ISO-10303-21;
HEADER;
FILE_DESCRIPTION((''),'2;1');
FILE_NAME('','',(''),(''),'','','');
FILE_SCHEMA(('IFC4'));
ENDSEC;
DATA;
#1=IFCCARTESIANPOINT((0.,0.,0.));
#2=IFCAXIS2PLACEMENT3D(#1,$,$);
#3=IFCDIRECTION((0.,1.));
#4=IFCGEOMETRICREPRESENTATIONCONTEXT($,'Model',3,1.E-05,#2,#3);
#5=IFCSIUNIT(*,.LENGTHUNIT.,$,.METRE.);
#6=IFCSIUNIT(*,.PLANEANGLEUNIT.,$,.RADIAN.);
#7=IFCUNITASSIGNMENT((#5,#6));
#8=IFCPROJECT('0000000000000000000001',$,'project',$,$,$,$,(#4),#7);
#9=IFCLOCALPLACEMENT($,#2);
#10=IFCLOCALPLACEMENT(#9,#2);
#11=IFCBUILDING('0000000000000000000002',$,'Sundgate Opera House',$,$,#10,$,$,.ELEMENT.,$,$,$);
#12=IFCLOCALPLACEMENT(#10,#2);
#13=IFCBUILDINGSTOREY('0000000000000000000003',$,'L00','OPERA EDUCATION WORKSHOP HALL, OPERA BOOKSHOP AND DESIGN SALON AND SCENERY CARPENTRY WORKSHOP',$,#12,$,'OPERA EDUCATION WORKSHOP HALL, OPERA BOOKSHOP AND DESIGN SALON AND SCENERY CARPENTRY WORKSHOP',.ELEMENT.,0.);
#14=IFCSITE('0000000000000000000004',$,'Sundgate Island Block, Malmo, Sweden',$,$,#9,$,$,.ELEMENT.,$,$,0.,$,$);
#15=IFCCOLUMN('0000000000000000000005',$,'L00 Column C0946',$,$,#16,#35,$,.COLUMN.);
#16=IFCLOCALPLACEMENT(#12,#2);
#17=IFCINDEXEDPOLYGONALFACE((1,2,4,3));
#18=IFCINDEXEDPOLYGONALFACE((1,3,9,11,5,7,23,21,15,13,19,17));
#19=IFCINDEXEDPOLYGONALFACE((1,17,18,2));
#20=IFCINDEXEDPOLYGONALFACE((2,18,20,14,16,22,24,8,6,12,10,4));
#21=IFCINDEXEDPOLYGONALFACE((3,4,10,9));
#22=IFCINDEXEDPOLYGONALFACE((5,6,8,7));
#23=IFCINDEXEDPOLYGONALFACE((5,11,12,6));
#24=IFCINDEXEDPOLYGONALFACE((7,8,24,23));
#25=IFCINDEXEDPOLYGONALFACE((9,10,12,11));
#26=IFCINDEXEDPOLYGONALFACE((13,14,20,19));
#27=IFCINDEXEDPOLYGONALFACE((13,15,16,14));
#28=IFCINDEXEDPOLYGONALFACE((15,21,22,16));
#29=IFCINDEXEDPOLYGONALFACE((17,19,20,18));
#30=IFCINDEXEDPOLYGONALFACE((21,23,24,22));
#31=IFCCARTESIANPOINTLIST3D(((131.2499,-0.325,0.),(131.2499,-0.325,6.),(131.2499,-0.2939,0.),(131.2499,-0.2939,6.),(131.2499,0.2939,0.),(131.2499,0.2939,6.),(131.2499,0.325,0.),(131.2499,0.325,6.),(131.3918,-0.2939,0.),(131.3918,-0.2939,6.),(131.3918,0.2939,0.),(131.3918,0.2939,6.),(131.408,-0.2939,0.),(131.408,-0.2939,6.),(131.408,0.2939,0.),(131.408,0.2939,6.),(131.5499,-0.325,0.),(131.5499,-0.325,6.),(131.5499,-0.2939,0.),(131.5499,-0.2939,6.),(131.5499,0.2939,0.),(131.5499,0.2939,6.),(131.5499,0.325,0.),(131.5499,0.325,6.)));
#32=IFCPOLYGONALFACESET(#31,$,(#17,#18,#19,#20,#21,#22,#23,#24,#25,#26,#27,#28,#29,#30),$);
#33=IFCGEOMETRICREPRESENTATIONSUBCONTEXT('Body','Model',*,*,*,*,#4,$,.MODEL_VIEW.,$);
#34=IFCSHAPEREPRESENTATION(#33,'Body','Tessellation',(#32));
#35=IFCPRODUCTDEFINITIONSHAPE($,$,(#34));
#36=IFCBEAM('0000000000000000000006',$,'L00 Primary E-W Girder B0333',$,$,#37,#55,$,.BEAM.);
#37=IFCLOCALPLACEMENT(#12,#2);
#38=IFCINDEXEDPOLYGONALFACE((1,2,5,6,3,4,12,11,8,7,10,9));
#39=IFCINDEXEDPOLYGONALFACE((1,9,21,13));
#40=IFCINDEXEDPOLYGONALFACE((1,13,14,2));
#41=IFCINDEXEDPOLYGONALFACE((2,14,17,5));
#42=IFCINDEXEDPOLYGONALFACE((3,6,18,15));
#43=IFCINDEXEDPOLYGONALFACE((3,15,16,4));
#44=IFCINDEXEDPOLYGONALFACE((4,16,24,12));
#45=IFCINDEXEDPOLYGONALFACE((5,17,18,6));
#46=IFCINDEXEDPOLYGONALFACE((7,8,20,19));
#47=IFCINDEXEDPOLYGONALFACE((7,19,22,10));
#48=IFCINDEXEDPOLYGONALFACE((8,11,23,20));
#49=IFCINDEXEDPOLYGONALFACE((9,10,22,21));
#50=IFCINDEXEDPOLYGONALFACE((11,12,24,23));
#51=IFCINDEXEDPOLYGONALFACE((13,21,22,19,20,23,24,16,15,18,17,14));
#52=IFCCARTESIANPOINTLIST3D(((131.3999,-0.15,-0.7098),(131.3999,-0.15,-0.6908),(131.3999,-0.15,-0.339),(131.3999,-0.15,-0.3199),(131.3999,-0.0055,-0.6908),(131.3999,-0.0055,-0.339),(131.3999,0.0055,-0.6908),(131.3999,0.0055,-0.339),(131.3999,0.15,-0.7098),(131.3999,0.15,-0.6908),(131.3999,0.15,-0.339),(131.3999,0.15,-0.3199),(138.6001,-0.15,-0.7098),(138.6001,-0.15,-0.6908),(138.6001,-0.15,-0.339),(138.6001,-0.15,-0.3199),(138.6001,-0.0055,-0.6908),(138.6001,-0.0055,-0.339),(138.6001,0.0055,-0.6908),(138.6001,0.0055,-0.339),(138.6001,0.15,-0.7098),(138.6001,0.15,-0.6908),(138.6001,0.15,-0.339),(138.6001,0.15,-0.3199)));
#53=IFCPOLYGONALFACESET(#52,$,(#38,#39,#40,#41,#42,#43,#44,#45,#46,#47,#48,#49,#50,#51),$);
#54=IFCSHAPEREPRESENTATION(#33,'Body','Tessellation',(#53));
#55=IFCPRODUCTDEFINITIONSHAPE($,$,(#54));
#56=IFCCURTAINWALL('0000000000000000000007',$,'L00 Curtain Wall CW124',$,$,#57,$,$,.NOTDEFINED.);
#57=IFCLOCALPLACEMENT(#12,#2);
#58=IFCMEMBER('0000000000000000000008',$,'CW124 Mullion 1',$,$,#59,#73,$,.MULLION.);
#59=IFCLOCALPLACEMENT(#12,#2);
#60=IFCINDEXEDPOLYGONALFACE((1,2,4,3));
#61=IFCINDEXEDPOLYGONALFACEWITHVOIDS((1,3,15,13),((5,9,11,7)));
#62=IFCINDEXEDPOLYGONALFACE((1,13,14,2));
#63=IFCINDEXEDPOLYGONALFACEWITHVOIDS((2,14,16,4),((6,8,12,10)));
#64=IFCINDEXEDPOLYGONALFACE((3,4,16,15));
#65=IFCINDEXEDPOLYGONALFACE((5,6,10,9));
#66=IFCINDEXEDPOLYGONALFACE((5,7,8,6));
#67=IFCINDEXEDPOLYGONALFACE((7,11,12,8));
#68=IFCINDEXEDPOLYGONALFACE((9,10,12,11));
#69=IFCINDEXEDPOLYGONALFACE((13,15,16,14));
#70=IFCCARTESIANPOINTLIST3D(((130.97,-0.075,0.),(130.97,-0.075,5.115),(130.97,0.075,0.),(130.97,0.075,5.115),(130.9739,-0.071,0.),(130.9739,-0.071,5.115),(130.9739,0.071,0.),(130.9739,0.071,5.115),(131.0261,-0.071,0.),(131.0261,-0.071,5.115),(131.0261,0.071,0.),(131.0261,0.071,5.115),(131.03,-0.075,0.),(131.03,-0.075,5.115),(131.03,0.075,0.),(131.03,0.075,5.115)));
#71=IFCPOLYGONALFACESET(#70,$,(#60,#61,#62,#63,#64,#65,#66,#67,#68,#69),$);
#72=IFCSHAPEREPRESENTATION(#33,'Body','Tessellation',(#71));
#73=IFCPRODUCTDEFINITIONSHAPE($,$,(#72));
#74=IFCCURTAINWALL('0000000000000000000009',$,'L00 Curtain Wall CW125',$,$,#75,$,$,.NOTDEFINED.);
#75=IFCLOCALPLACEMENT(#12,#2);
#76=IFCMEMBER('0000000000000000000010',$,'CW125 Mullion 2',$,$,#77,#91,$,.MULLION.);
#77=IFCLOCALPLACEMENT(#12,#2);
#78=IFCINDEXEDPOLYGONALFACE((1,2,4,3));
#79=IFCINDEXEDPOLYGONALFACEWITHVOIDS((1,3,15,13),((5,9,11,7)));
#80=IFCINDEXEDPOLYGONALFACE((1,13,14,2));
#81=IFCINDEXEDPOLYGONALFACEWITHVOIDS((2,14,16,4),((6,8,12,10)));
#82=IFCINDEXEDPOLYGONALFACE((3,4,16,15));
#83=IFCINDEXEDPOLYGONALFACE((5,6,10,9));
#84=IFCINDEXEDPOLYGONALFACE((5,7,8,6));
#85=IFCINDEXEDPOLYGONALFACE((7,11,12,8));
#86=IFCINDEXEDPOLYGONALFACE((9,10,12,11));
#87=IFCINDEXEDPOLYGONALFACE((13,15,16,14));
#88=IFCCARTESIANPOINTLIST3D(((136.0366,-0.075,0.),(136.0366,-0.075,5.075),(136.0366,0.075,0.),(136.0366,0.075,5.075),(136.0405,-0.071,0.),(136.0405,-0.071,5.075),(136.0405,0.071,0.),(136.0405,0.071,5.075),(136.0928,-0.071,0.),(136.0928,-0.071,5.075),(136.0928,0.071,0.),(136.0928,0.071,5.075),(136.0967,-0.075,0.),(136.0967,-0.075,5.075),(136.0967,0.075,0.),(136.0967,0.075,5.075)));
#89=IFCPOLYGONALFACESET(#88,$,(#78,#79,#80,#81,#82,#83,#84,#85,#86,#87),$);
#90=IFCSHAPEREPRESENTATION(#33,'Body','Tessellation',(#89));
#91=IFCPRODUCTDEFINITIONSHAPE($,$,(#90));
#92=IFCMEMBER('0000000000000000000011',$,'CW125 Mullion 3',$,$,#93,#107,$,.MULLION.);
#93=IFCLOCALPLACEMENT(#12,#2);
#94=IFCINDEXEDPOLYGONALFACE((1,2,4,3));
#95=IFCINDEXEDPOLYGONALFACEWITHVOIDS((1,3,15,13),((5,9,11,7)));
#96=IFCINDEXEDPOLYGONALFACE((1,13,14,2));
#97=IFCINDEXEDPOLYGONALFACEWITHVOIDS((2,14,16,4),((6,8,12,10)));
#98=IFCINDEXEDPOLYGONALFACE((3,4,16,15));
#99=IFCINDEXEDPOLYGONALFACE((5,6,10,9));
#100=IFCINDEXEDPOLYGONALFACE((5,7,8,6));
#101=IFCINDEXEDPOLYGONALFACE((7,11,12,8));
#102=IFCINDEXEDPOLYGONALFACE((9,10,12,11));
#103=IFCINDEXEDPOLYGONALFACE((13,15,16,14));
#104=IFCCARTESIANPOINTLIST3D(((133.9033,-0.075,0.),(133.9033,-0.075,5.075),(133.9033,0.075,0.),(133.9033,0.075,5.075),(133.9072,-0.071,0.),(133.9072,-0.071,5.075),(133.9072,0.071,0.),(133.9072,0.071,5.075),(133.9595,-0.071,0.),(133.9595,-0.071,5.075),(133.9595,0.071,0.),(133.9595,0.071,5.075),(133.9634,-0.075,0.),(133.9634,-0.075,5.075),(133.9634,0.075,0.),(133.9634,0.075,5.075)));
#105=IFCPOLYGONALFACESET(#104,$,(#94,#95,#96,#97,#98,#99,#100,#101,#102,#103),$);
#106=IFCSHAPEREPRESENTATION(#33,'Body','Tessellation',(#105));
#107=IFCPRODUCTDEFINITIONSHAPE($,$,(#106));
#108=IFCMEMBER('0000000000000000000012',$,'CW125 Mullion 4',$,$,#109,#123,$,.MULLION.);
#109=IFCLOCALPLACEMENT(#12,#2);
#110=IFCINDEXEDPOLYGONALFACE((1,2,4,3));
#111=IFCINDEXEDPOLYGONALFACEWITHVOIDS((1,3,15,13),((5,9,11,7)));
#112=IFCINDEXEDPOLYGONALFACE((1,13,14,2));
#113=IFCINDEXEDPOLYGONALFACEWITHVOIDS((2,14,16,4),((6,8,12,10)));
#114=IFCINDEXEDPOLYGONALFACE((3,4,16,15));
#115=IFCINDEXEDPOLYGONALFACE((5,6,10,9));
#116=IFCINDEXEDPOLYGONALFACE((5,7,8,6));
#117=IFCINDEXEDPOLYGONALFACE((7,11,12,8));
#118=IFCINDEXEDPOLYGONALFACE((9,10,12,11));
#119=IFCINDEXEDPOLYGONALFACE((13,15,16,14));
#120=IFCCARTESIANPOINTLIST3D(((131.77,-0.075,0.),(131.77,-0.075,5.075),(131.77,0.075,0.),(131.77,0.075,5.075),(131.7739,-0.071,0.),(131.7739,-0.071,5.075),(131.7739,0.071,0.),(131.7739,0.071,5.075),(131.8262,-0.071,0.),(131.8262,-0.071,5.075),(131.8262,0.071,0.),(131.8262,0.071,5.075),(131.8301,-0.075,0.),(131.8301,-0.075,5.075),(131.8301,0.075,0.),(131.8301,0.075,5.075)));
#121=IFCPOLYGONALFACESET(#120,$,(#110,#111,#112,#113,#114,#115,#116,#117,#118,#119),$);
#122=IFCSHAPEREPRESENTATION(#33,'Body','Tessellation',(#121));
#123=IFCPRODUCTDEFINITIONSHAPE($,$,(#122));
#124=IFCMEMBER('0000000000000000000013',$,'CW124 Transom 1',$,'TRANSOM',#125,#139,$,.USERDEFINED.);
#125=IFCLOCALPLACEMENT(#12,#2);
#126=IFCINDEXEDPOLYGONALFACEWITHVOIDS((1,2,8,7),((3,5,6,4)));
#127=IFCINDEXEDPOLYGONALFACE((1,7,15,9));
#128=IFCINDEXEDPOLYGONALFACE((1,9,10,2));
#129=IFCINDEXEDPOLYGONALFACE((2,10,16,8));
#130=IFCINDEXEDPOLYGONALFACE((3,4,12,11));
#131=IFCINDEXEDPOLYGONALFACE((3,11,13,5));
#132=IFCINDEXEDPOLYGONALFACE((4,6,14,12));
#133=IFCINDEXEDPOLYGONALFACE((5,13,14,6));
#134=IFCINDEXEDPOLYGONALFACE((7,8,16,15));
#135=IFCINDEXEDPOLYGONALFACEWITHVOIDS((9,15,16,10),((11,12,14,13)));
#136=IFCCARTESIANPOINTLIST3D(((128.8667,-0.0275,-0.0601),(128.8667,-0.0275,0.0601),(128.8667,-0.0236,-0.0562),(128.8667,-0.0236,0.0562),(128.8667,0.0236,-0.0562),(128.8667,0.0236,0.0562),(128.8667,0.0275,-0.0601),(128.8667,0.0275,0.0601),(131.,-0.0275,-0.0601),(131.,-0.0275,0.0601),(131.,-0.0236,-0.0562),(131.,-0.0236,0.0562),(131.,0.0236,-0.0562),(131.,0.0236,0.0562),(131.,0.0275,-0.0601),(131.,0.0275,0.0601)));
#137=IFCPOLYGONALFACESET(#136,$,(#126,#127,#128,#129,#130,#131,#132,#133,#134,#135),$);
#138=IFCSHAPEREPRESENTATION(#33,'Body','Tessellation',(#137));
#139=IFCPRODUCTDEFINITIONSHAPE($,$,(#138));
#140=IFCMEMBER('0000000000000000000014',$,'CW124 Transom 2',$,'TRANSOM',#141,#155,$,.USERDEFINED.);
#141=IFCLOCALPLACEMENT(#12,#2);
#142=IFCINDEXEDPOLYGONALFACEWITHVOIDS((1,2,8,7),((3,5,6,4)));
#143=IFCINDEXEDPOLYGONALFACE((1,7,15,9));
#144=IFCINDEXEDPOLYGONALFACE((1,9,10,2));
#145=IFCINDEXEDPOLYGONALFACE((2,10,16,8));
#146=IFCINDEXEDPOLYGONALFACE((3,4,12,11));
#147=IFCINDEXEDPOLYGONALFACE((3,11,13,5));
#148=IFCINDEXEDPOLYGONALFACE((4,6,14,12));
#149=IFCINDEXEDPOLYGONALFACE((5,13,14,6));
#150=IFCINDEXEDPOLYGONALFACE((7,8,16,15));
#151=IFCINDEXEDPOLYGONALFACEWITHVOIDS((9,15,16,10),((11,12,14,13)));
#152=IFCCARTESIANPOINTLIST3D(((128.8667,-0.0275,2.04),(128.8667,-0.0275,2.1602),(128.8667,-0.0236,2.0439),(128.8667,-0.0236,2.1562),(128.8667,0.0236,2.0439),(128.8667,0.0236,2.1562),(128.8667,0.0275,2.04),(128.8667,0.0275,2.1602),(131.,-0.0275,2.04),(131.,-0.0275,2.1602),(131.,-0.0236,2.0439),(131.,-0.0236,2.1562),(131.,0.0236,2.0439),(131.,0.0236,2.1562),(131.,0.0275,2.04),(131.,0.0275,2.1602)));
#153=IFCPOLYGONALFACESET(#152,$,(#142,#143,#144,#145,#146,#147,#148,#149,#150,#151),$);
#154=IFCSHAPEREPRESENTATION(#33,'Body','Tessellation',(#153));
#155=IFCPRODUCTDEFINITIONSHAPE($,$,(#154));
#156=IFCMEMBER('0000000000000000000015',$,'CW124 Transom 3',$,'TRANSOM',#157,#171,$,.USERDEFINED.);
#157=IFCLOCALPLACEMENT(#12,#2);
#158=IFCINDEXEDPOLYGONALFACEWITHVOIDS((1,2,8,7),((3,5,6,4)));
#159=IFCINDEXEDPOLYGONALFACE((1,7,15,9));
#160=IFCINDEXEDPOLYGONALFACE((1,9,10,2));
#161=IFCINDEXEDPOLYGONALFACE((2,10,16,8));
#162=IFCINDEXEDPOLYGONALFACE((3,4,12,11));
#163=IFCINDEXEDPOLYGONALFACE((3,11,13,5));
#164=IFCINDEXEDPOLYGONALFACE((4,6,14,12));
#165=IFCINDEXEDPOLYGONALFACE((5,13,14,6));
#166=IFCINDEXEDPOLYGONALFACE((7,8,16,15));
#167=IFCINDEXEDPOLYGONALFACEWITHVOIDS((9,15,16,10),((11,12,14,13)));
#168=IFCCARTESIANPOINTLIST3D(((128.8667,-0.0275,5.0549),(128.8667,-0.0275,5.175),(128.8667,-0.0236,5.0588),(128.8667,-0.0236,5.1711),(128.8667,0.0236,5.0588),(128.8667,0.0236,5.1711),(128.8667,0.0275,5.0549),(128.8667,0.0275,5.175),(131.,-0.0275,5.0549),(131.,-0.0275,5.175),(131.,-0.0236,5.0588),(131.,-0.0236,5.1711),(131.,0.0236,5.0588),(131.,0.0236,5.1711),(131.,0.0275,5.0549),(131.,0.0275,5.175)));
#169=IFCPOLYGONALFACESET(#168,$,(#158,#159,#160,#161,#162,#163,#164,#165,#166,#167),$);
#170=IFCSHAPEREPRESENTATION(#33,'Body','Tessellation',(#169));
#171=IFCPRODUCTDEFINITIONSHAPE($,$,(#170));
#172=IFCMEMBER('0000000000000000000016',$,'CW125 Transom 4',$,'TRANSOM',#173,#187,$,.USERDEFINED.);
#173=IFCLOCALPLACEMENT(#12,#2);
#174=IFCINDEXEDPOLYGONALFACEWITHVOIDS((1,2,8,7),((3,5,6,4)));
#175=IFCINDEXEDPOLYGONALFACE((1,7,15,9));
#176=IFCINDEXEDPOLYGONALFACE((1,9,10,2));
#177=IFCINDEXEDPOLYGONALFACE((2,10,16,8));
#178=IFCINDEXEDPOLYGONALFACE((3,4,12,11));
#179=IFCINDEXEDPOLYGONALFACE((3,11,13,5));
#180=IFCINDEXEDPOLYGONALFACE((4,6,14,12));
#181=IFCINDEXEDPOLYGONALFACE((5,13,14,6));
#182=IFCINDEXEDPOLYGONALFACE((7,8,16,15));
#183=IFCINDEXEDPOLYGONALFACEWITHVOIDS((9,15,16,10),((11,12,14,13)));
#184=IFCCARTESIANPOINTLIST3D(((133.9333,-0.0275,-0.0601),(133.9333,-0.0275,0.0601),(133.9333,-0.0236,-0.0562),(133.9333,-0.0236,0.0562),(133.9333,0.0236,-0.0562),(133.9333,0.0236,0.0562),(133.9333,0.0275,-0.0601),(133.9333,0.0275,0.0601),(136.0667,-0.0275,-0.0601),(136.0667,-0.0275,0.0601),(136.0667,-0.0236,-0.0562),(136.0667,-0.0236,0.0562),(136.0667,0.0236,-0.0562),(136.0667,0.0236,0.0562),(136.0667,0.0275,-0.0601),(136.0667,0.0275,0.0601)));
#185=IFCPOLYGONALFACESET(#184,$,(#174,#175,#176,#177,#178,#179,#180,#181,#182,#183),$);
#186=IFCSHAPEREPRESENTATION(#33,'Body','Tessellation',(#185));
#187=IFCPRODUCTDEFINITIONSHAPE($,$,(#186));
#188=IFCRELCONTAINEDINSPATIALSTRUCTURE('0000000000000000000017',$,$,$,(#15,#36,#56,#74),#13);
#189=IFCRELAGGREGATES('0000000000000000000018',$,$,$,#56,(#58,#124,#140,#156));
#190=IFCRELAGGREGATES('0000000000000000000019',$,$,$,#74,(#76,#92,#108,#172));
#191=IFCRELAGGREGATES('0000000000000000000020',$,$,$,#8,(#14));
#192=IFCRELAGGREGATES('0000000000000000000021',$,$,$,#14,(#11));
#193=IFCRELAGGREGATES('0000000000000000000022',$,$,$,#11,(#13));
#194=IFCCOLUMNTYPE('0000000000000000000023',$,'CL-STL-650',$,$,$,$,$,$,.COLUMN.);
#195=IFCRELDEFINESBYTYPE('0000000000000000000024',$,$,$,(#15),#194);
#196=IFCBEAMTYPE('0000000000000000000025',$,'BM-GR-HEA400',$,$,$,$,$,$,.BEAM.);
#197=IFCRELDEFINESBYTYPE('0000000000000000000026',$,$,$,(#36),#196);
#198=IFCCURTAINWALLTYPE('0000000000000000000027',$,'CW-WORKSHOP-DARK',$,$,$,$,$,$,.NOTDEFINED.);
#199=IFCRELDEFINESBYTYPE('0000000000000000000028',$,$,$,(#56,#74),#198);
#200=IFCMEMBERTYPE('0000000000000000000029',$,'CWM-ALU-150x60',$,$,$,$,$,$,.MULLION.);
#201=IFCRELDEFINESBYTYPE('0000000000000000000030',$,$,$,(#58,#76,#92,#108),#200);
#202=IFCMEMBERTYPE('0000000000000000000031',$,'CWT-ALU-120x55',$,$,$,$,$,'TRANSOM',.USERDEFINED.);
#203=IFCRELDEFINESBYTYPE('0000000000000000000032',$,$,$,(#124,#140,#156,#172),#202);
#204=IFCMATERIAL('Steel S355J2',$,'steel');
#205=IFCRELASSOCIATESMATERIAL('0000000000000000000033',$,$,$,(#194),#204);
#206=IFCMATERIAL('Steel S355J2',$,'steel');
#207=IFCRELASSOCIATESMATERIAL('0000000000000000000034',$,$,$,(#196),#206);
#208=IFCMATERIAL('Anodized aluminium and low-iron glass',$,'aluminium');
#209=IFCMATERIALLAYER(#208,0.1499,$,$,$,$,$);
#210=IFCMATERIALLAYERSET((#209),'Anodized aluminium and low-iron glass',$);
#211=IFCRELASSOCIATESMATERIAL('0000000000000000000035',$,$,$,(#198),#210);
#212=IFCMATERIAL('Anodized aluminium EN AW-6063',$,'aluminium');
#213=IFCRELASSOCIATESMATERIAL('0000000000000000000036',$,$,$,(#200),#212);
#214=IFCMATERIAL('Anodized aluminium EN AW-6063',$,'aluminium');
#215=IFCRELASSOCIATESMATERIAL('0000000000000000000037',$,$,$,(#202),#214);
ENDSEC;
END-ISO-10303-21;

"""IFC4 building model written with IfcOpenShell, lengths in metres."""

from ifc_helpers import new_model, si_unit, direction, frame, origin, origin_2d, place, context, subcontext, project, spatial, hollow_rectangle, i_section, extrude, material, layer, layer_set, material_profile, profile_set, type_object, element, aggregate, save


model = new_model("IFC4")

# Units and contexts
model_context = context("Model", 3, precision=1e-05, world=origin(), true_north=direction((0.0, 1.0)))
body_context = subcontext(model_context, "Body", "Model", "MODEL_VIEW")
ifc_project = project(units=[si_unit("LENGTHUNIT", "METRE"), si_unit("PLANEANGLEUNIT", "RADIAN")], contexts=[model_context])

# Site, building, storey
site_placement = place(None, origin())
site = spatial("IfcSite", under=ifc_project, at=site_placement, Name="Sundgate Island Block, Malmo, Sweden", CompositionType="ELEMENT", RefElevation=0.0)
building_placement = place(site_placement, origin())
building = spatial("IfcBuilding", under=site, at=building_placement, Name="Sundgate Opera House", CompositionType="ELEMENT")
storey_placement = place(building_placement, origin())
storey = spatial("IfcBuildingStorey", under=building, at=storey_placement, Name="L00", Description="OPERA EDUCATION WORKSHOP HALL, OPERA BOOKSHOP AND DESIGN SALON AND SCENERY CARPENTRY WORKSHOP", LongName="OPERA EDUCATION WORKSHOP HALL, OPERA BOOKSHOP AND DESIGN SALON AND SCENERY CARPENTRY WORKSHOP", CompositionType="ELEMENT", Elevation=0.0)

# Column
ifc_material_1 = material(Name="Steel S355J2", Category="steel")
ifc_material_profile_1 = material_profile(ifc_material_1, i_section(OverallWidth=0.3, OverallDepth=0.6499, WebThickness=0.0161, FlangeThickness=0.031, at=origin_2d()), Name="HEB 650")
ifc_profile_set_1 = profile_set([ifc_material_profile_1], Name="Steel S355J2")
column_type = type_object("IfcColumnType", Name="CL-STL-650", PredefinedType="COLUMN", material=ifc_profile_set_1)
column_placement = place(storey_placement, frame((131.3999, 0.0, 0.0), z_axis=(0.0, 0.0, 1.0), x_axis=(1.0, 0.0, 0.0)))
element("IfcColumn", 1, at=column_placement, inside=storey, type_object=column_type, Name="L00 Column C0946", PredefinedType="COLUMN", context=body_context, shape_type="SweptSolid", body=[
    extrude(i_section(OverallWidth=0.3, OverallDepth=0.6499, WebThickness=0.0161, FlangeThickness=0.031, at=origin_2d()), origin(), (0.0, 0.0, 1.0), 6.0),
])

# Beam
ifc_material_2 = material(Name="Steel S355J2", Category="steel")
ifc_material_profile_2 = material_profile(ifc_material_2, i_section(OverallWidth=0.3, OverallDepth=0.3899, WebThickness=0.011, FlangeThickness=0.019, at=origin_2d()), Name="HEA 400")
ifc_profile_set_2 = profile_set([ifc_material_profile_2], Name="Steel S355J2")
beam_type = type_object("IfcBeamType", Name="BM-GR-HEA400", PredefinedType="BEAM", material=ifc_profile_set_2)
beam_placement = place(storey_placement, frame((131.3999, 0.0, -0.5149), z_axis=(1.0, 0.0, 0.0), x_axis=(0.0, 1.0, 0.0)))
element("IfcBeam", 2, at=beam_placement, inside=storey, type_object=beam_type, Name="L00 Primary E-W Girder B0333", PredefinedType="BEAM", context=body_context, shape_type="SweptSolid", body=[
    extrude(i_section(OverallWidth=0.3, OverallDepth=0.3899, WebThickness=0.011, FlangeThickness=0.019, at=origin_2d()), origin(), (0.0, 0.0, 1.0), 7.2002),
])

# Curtain wall, member
ifc_material_3 = material(Name="Anodized aluminium and low-iron glass", Category="aluminium")
ifc_layer_1 = layer(ifc_material_3, 0.1499)
ifc_layer_set_1 = layer_set([ifc_layer_1], Name="Anodized aluminium and low-iron glass")
curtain_wall_type = type_object("IfcCurtainWallType", Name="CW-WORKSHOP-DARK", PredefinedType="NOTDEFINED", material=ifc_layer_set_1)
curtain_wall_1_placement = place(storey_placement, origin())
curtain_wall_1 = element("IfcCurtainWall", 3, at=curtain_wall_1_placement, inside=storey, type_object=curtain_wall_type, Name="L00 Curtain Wall CW124", PredefinedType="NOTDEFINED")
ifc_material_4 = material(Name="Anodized aluminium EN AW-6063", Category="aluminium")
ifc_material_profile_3 = material_profile(ifc_material_4, hollow_rectangle(XDim=0.0601, YDim=0.1499, WallThickness=0.0039, at=origin_2d()), Name="CWM 150x60x4")
ifc_profile_set_3 = profile_set([ifc_material_profile_3], Name="Anodized aluminium EN AW-6063")
member_type_1 = type_object("IfcMemberType", Name="CWM-ALU-150x60", PredefinedType="MULLION", material=ifc_profile_set_3)
member_1_placement = place(storey_placement, frame((131.0, 0.0, 0.0), z_axis=(0.0, 0.0, 1.0), x_axis=(1.0, 0.0, 0.0)))
member_1 = element("IfcMember", 4, at=member_1_placement, type_object=member_type_1, Name="CW124 Mullion 1", PredefinedType="MULLION", context=body_context, shape_type="SweptSolid", body=[
    extrude(hollow_rectangle(XDim=0.0601, YDim=0.1499, WallThickness=0.0039, at=origin_2d()), origin(), (0.0, 0.0, 1.0), 5.115),
])

# Curtain wall, members
curtain_wall_2_placement = place(storey_placement, origin())
curtain_wall_2 = element("IfcCurtainWall", 5, at=curtain_wall_2_placement, inside=storey, type_object=curtain_wall_type, Name="L00 Curtain Wall CW125", PredefinedType="NOTDEFINED")
member_2_placement = place(storey_placement, frame((136.0667, 0.0, 0.0), z_axis=(0.0, 0.0, 1.0), x_axis=(1.0, 0.0, 0.0)))
member_2 = element("IfcMember", 6, at=member_2_placement, type_object=member_type_1, Name="CW125 Mullion 2", PredefinedType="MULLION", context=body_context, shape_type="SweptSolid", body=[
    extrude(hollow_rectangle(XDim=0.0601, YDim=0.1499, WallThickness=0.0039, at=origin_2d()), origin(), (0.0, 0.0, 1.0), 5.075),
])
member_3_placement = place(storey_placement, frame((133.9333, 0.0, 0.0), z_axis=(0.0, 0.0, 1.0), x_axis=(1.0, 0.0, 0.0)))
member_3 = element("IfcMember", 7, at=member_3_placement, type_object=member_type_1, Name="CW125 Mullion 3", PredefinedType="MULLION", context=body_context, shape_type="SweptSolid", body=[
    extrude(hollow_rectangle(XDim=0.0601, YDim=0.1499, WallThickness=0.0039, at=origin_2d()), origin(), (0.0, 0.0, 1.0), 5.075),
])
member_4_placement = place(storey_placement, frame((131.8, 0.0, 0.0), z_axis=(0.0, 0.0, 1.0), x_axis=(1.0, 0.0, 0.0)))
member_4 = element("IfcMember", 8, at=member_4_placement, type_object=member_type_1, Name="CW125 Mullion 4", PredefinedType="MULLION", context=body_context, shape_type="SweptSolid", body=[
    extrude(hollow_rectangle(XDim=0.0601, YDim=0.1499, WallThickness=0.0039, at=origin_2d()), origin(), (0.0, 0.0, 1.0), 5.075),
])

# Members
ifc_material_5 = material(Name="Anodized aluminium EN AW-6063", Category="aluminium")
ifc_material_profile_4 = material_profile(ifc_material_5, hollow_rectangle(XDim=0.0549, YDim=0.1201, WallThickness=0.0039, at=origin_2d()), Name="CWT 120x55x4")
ifc_profile_set_4 = profile_set([ifc_material_profile_4], Name="Anodized aluminium EN AW-6063")
member_type_2 = type_object("IfcMemberType", Name="CWT-ALU-120x55", ElementType="TRANSOM", PredefinedType="USERDEFINED", material=ifc_profile_set_4)
member_5_placement = place(storey_placement, frame((131.0, 0.0, 0.0), z_axis=(-1.0, 0.0, 0.0), x_axis=(0.0, -1.0, 0.0)))
member_5 = element("IfcMember", 9, at=member_5_placement, type_object=member_type_2, Name="CW124 Transom 1", ObjectType="TRANSOM", PredefinedType="USERDEFINED", context=body_context, shape_type="SweptSolid", body=[
    extrude(hollow_rectangle(XDim=0.0549, YDim=0.1201, WallThickness=0.0039, at=origin_2d()), origin(), (0.0, 0.0, 1.0), 2.1333),
])
member_6_placement = place(storey_placement, frame((131.0, 0.0, 2.1001), z_axis=(-1.0, 0.0, 0.0), x_axis=(0.0, -1.0, 0.0)))
member_6 = element("IfcMember", 10, at=member_6_placement, type_object=member_type_2, Name="CW124 Transom 2", ObjectType="TRANSOM", PredefinedType="USERDEFINED", context=body_context, shape_type="SweptSolid", body=[
    extrude(hollow_rectangle(XDim=0.0549, YDim=0.1201, WallThickness=0.0039, at=origin_2d()), origin(), (0.0, 0.0, 1.0), 2.1333),
])
member_7_placement = place(storey_placement, frame((131.0, 0.0, 5.115), z_axis=(-1.0, 0.0, 0.0), x_axis=(0.0, -1.0, 0.0)))
member_7 = element("IfcMember", 11, at=member_7_placement, type_object=member_type_2, Name="CW124 Transom 3", ObjectType="TRANSOM", PredefinedType="USERDEFINED", context=body_context, shape_type="SweptSolid", body=[
    extrude(hollow_rectangle(XDim=0.0549, YDim=0.1201, WallThickness=0.0039, at=origin_2d()), origin(), (0.0, 0.0, 1.0), 2.1333),
])
member_8_placement = place(storey_placement, frame((136.0667, 0.0, 0.0), z_axis=(-1.0, 0.0, 0.0), x_axis=(0.0, -1.0, 0.0)))
member_8 = element("IfcMember", 12, at=member_8_placement, type_object=member_type_2, Name="CW125 Transom 4", ObjectType="TRANSOM", PredefinedType="USERDEFINED", context=body_context, shape_type="SweptSolid", body=[
    extrude(hollow_rectangle(XDim=0.0549, YDim=0.1201, WallThickness=0.0039, at=origin_2d()), origin(), (0.0, 0.0, 1.0), 2.1333),
])

aggregate(curtain_wall_1, [member_1, member_5, member_6, member_7])
aggregate(curtain_wall_2, [member_2, member_3, member_4, member_8])

save(model, "model.ifc")
